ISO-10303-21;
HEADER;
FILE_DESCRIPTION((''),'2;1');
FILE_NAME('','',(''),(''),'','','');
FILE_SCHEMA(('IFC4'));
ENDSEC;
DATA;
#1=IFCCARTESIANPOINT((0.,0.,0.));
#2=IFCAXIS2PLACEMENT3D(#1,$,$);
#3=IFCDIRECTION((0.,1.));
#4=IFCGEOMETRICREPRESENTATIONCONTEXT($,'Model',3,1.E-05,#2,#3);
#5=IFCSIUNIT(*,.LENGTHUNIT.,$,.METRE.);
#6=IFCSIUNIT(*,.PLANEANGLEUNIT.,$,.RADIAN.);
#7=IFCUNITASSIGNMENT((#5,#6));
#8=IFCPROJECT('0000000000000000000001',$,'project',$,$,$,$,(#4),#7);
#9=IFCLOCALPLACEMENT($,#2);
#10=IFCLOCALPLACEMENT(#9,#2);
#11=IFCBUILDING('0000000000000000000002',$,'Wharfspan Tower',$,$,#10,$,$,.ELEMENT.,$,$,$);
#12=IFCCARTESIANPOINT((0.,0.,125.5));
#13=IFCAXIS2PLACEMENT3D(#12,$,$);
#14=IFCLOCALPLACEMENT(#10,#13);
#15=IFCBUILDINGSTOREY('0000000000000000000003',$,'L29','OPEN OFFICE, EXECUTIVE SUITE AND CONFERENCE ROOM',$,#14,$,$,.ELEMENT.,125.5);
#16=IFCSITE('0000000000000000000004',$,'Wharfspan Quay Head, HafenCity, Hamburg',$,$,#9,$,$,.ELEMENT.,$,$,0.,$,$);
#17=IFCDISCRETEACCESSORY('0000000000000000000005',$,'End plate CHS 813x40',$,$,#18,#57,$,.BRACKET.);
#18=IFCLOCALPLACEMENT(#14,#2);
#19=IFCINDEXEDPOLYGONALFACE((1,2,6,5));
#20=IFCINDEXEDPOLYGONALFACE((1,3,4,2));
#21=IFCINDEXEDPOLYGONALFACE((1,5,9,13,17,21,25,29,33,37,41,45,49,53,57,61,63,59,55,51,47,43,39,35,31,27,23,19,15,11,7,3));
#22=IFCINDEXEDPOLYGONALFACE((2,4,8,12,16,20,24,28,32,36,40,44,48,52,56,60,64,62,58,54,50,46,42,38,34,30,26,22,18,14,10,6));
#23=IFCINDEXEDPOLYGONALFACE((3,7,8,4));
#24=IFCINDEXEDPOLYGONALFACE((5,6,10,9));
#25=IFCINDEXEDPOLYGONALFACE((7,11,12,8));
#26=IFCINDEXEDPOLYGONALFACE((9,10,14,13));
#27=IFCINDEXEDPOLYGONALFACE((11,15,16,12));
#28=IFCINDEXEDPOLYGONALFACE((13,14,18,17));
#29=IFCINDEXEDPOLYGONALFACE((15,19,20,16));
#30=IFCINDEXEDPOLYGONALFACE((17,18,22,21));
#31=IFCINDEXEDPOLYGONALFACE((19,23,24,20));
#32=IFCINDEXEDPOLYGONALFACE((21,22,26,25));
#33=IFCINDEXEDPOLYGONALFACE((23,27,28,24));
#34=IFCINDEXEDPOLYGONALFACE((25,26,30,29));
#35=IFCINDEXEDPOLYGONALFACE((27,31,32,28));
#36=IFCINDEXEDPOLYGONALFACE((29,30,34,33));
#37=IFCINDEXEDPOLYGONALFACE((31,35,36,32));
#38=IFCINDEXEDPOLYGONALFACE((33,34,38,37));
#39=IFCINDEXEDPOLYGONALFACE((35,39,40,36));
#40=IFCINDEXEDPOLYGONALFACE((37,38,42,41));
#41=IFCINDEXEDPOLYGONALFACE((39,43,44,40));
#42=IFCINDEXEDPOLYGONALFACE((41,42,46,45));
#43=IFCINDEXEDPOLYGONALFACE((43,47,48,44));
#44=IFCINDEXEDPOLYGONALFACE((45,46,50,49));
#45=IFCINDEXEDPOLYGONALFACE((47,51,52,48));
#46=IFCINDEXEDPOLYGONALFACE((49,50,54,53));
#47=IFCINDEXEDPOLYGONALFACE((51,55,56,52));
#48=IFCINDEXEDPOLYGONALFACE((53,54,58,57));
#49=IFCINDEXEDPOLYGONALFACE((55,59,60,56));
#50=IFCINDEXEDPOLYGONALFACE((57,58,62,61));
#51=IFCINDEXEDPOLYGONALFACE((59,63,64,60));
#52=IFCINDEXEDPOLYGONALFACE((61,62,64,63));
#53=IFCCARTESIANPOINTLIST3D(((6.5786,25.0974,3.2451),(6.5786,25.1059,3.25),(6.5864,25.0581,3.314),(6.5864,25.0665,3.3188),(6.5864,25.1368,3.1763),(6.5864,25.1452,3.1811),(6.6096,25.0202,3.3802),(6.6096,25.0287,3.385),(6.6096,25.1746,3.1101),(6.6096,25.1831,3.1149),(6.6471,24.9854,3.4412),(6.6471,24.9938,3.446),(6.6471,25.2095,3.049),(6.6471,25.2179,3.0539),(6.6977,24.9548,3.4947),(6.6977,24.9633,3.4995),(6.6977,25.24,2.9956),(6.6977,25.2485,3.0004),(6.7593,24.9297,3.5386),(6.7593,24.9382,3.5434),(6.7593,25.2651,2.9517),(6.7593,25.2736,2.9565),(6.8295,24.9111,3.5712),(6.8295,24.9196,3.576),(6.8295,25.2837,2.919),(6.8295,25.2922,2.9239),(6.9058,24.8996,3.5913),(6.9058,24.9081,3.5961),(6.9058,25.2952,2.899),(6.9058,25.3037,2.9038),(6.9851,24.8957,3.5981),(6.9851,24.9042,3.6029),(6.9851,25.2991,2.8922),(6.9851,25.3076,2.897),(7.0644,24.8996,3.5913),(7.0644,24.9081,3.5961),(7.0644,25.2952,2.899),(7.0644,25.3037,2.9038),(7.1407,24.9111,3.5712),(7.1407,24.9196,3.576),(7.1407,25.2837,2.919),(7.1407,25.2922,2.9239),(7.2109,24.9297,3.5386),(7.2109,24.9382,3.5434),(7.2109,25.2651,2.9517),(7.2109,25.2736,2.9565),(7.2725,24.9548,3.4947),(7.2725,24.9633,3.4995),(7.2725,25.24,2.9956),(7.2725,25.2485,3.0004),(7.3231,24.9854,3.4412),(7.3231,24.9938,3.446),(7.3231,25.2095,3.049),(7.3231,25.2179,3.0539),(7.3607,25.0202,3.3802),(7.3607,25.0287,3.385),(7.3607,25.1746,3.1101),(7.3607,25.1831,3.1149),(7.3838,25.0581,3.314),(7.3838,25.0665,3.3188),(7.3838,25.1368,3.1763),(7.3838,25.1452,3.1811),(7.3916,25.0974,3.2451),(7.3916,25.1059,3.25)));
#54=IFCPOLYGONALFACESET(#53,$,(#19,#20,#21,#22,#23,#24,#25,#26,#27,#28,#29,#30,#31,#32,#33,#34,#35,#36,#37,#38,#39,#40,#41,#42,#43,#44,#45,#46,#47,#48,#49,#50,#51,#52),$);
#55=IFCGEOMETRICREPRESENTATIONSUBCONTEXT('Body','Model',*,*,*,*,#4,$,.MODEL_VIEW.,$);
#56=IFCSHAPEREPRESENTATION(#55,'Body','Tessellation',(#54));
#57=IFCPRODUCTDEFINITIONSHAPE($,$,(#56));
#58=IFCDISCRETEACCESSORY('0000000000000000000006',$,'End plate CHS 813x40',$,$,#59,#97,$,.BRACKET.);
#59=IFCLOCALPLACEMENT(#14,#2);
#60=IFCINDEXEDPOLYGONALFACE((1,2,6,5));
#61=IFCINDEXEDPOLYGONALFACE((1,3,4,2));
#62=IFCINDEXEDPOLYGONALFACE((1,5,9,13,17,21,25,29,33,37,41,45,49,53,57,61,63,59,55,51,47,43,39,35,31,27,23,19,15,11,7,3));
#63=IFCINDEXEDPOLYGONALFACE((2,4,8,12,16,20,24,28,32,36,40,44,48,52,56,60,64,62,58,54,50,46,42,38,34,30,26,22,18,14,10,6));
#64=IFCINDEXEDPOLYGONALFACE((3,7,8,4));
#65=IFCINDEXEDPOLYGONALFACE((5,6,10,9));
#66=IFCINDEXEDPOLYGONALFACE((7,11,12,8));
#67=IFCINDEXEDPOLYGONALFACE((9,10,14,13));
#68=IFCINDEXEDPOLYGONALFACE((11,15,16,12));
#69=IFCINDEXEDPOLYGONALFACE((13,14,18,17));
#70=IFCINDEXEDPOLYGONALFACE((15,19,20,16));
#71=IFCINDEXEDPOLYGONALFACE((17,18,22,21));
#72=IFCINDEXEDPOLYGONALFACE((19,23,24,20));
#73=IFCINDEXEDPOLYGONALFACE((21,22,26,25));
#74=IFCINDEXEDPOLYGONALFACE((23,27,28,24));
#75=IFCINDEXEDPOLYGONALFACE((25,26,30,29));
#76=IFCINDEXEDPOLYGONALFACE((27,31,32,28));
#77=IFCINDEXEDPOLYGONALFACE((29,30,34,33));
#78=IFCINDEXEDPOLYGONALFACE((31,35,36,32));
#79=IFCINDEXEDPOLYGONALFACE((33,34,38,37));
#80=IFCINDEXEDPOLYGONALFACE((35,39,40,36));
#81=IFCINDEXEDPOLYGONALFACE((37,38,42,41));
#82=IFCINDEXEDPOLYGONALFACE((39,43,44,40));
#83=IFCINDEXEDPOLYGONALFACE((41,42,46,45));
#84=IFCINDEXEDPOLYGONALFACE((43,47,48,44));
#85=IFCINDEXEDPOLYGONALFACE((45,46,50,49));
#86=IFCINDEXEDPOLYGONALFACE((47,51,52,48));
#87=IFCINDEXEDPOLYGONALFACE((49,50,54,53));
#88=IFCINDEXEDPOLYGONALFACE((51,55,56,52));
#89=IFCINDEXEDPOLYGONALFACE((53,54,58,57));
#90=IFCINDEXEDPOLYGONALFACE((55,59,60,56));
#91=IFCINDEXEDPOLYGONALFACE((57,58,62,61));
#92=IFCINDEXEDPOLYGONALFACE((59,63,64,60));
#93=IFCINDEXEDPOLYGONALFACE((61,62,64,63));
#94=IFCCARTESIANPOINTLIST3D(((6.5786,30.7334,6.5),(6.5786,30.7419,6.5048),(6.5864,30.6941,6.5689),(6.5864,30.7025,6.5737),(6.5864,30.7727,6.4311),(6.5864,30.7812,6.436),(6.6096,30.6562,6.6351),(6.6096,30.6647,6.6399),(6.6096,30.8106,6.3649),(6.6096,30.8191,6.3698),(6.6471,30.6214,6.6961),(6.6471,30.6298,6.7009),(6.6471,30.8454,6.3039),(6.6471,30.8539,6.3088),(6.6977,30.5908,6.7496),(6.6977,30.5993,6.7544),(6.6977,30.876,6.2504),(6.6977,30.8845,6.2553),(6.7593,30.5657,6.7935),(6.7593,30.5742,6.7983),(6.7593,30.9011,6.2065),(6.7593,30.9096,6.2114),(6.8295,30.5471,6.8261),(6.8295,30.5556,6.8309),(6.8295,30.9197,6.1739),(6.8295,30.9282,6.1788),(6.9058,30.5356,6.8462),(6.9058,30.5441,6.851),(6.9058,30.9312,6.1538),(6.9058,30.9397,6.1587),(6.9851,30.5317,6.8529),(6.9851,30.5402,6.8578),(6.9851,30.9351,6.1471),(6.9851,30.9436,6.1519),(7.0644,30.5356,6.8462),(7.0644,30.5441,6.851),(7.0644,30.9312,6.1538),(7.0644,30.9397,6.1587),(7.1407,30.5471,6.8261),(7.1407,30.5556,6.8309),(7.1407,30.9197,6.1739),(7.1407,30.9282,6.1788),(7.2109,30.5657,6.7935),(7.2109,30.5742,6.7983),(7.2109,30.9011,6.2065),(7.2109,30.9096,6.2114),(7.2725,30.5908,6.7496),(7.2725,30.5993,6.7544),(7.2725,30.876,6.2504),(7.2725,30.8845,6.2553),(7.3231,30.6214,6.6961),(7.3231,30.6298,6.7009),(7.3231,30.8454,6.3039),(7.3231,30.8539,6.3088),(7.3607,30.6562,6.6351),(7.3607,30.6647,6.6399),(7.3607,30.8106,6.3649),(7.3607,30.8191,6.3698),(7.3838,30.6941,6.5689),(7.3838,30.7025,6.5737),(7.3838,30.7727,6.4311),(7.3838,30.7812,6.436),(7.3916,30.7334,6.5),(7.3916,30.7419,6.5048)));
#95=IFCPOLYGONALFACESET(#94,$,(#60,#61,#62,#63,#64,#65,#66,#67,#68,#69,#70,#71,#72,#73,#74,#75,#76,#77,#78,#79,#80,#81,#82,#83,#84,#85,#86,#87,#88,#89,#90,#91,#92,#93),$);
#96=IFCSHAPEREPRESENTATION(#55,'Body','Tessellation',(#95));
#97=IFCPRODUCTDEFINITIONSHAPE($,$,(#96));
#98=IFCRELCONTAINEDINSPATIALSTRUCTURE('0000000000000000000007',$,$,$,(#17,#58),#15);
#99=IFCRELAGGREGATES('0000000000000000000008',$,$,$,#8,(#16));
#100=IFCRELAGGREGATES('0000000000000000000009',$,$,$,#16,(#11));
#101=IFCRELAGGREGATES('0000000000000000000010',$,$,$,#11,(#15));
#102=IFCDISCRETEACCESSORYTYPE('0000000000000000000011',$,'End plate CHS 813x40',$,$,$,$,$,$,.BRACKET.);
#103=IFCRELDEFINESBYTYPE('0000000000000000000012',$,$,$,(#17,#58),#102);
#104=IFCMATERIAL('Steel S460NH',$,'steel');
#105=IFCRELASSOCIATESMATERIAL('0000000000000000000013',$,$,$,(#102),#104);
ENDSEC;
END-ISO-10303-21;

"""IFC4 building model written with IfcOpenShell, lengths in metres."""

from ifc_helpers import new_model, si_unit, direction, frame, origin, origin_2d, place, context, subcontext, project, spatial, circle, extrude, material, material_profile, profile_set, type_object, element, save


model = new_model("IFC4")

# Units and contexts
model_context = context("Model", 3, precision=1e-05, world=origin(), true_north=direction((0.0, 1.0)))
body_context = subcontext(model_context, "Body", "Model", "MODEL_VIEW")
ifc_project = project(units=[si_unit("LENGTHUNIT", "METRE"), si_unit("PLANEANGLEUNIT", "RADIAN")], contexts=[model_context])

# Site, building, storey
site_placement = place(None, origin())
site = spatial("IfcSite", under=ifc_project, at=site_placement, Name="Wharfspan Quay Head, HafenCity, Hamburg", CompositionType="ELEMENT", RefElevation=0.0)
building_placement = place(site_placement, origin())
building = spatial("IfcBuilding", under=site, at=building_placement, Name="Wharfspan Tower", CompositionType="ELEMENT")
storey_placement = place(building_placement, frame((0.0, 0.0, 125.5)))
storey = spatial("IfcBuildingStorey", under=building, at=storey_placement, Name="L29", Description="OPEN OFFICE, EXECUTIVE SUITE AND CONFERENCE ROOM", CompositionType="ELEMENT", Elevation=125.5)

# Shared definitions
ifc_material_1 = material(Name="Steel S460NH", Category="steel")

# Discrete accessories
ifc_material_profile_1 = material_profile(ifc_material_1, circle(Radius=0.4065, at=origin_2d()))
ifc_profile_set_1 = profile_set([ifc_material_profile_1], Name="Steel S460NH")
discrete_accessory_type = type_object("IfcDiscreteAccessoryType", Name="End plate CHS 813x40", PredefinedType="BRACKET", material=ifc_profile_set_1)
for number, where, z_axis, x_axis, name in (
    (1, (6.9851, 25.0974, 3.2451), (0.0, 0.868243, 0.496139), (-1.0, 0.0, 0.0), "End plate CHS 813x40"),
    (2, (6.9851, 30.7334, 6.5), (0.0, 0.868243, 0.496139), (-1.0, 0.0, 0.0), "End plate CHS 813x40"),
):
    element("IfcDiscreteAccessory", number, at=place(storey_placement, frame(where, z_axis=z_axis, x_axis=x_axis)), inside=storey, type_object=discrete_accessory_type, Name=name, PredefinedType="BRACKET", context=body_context, shape_type="SweptSolid", body=[
        extrude(circle(Radius=0.4065, at=origin_2d()), origin(), (0.0, 0.0, 1.0), 0.0098),
    ])

save(model, "model.ifc")
